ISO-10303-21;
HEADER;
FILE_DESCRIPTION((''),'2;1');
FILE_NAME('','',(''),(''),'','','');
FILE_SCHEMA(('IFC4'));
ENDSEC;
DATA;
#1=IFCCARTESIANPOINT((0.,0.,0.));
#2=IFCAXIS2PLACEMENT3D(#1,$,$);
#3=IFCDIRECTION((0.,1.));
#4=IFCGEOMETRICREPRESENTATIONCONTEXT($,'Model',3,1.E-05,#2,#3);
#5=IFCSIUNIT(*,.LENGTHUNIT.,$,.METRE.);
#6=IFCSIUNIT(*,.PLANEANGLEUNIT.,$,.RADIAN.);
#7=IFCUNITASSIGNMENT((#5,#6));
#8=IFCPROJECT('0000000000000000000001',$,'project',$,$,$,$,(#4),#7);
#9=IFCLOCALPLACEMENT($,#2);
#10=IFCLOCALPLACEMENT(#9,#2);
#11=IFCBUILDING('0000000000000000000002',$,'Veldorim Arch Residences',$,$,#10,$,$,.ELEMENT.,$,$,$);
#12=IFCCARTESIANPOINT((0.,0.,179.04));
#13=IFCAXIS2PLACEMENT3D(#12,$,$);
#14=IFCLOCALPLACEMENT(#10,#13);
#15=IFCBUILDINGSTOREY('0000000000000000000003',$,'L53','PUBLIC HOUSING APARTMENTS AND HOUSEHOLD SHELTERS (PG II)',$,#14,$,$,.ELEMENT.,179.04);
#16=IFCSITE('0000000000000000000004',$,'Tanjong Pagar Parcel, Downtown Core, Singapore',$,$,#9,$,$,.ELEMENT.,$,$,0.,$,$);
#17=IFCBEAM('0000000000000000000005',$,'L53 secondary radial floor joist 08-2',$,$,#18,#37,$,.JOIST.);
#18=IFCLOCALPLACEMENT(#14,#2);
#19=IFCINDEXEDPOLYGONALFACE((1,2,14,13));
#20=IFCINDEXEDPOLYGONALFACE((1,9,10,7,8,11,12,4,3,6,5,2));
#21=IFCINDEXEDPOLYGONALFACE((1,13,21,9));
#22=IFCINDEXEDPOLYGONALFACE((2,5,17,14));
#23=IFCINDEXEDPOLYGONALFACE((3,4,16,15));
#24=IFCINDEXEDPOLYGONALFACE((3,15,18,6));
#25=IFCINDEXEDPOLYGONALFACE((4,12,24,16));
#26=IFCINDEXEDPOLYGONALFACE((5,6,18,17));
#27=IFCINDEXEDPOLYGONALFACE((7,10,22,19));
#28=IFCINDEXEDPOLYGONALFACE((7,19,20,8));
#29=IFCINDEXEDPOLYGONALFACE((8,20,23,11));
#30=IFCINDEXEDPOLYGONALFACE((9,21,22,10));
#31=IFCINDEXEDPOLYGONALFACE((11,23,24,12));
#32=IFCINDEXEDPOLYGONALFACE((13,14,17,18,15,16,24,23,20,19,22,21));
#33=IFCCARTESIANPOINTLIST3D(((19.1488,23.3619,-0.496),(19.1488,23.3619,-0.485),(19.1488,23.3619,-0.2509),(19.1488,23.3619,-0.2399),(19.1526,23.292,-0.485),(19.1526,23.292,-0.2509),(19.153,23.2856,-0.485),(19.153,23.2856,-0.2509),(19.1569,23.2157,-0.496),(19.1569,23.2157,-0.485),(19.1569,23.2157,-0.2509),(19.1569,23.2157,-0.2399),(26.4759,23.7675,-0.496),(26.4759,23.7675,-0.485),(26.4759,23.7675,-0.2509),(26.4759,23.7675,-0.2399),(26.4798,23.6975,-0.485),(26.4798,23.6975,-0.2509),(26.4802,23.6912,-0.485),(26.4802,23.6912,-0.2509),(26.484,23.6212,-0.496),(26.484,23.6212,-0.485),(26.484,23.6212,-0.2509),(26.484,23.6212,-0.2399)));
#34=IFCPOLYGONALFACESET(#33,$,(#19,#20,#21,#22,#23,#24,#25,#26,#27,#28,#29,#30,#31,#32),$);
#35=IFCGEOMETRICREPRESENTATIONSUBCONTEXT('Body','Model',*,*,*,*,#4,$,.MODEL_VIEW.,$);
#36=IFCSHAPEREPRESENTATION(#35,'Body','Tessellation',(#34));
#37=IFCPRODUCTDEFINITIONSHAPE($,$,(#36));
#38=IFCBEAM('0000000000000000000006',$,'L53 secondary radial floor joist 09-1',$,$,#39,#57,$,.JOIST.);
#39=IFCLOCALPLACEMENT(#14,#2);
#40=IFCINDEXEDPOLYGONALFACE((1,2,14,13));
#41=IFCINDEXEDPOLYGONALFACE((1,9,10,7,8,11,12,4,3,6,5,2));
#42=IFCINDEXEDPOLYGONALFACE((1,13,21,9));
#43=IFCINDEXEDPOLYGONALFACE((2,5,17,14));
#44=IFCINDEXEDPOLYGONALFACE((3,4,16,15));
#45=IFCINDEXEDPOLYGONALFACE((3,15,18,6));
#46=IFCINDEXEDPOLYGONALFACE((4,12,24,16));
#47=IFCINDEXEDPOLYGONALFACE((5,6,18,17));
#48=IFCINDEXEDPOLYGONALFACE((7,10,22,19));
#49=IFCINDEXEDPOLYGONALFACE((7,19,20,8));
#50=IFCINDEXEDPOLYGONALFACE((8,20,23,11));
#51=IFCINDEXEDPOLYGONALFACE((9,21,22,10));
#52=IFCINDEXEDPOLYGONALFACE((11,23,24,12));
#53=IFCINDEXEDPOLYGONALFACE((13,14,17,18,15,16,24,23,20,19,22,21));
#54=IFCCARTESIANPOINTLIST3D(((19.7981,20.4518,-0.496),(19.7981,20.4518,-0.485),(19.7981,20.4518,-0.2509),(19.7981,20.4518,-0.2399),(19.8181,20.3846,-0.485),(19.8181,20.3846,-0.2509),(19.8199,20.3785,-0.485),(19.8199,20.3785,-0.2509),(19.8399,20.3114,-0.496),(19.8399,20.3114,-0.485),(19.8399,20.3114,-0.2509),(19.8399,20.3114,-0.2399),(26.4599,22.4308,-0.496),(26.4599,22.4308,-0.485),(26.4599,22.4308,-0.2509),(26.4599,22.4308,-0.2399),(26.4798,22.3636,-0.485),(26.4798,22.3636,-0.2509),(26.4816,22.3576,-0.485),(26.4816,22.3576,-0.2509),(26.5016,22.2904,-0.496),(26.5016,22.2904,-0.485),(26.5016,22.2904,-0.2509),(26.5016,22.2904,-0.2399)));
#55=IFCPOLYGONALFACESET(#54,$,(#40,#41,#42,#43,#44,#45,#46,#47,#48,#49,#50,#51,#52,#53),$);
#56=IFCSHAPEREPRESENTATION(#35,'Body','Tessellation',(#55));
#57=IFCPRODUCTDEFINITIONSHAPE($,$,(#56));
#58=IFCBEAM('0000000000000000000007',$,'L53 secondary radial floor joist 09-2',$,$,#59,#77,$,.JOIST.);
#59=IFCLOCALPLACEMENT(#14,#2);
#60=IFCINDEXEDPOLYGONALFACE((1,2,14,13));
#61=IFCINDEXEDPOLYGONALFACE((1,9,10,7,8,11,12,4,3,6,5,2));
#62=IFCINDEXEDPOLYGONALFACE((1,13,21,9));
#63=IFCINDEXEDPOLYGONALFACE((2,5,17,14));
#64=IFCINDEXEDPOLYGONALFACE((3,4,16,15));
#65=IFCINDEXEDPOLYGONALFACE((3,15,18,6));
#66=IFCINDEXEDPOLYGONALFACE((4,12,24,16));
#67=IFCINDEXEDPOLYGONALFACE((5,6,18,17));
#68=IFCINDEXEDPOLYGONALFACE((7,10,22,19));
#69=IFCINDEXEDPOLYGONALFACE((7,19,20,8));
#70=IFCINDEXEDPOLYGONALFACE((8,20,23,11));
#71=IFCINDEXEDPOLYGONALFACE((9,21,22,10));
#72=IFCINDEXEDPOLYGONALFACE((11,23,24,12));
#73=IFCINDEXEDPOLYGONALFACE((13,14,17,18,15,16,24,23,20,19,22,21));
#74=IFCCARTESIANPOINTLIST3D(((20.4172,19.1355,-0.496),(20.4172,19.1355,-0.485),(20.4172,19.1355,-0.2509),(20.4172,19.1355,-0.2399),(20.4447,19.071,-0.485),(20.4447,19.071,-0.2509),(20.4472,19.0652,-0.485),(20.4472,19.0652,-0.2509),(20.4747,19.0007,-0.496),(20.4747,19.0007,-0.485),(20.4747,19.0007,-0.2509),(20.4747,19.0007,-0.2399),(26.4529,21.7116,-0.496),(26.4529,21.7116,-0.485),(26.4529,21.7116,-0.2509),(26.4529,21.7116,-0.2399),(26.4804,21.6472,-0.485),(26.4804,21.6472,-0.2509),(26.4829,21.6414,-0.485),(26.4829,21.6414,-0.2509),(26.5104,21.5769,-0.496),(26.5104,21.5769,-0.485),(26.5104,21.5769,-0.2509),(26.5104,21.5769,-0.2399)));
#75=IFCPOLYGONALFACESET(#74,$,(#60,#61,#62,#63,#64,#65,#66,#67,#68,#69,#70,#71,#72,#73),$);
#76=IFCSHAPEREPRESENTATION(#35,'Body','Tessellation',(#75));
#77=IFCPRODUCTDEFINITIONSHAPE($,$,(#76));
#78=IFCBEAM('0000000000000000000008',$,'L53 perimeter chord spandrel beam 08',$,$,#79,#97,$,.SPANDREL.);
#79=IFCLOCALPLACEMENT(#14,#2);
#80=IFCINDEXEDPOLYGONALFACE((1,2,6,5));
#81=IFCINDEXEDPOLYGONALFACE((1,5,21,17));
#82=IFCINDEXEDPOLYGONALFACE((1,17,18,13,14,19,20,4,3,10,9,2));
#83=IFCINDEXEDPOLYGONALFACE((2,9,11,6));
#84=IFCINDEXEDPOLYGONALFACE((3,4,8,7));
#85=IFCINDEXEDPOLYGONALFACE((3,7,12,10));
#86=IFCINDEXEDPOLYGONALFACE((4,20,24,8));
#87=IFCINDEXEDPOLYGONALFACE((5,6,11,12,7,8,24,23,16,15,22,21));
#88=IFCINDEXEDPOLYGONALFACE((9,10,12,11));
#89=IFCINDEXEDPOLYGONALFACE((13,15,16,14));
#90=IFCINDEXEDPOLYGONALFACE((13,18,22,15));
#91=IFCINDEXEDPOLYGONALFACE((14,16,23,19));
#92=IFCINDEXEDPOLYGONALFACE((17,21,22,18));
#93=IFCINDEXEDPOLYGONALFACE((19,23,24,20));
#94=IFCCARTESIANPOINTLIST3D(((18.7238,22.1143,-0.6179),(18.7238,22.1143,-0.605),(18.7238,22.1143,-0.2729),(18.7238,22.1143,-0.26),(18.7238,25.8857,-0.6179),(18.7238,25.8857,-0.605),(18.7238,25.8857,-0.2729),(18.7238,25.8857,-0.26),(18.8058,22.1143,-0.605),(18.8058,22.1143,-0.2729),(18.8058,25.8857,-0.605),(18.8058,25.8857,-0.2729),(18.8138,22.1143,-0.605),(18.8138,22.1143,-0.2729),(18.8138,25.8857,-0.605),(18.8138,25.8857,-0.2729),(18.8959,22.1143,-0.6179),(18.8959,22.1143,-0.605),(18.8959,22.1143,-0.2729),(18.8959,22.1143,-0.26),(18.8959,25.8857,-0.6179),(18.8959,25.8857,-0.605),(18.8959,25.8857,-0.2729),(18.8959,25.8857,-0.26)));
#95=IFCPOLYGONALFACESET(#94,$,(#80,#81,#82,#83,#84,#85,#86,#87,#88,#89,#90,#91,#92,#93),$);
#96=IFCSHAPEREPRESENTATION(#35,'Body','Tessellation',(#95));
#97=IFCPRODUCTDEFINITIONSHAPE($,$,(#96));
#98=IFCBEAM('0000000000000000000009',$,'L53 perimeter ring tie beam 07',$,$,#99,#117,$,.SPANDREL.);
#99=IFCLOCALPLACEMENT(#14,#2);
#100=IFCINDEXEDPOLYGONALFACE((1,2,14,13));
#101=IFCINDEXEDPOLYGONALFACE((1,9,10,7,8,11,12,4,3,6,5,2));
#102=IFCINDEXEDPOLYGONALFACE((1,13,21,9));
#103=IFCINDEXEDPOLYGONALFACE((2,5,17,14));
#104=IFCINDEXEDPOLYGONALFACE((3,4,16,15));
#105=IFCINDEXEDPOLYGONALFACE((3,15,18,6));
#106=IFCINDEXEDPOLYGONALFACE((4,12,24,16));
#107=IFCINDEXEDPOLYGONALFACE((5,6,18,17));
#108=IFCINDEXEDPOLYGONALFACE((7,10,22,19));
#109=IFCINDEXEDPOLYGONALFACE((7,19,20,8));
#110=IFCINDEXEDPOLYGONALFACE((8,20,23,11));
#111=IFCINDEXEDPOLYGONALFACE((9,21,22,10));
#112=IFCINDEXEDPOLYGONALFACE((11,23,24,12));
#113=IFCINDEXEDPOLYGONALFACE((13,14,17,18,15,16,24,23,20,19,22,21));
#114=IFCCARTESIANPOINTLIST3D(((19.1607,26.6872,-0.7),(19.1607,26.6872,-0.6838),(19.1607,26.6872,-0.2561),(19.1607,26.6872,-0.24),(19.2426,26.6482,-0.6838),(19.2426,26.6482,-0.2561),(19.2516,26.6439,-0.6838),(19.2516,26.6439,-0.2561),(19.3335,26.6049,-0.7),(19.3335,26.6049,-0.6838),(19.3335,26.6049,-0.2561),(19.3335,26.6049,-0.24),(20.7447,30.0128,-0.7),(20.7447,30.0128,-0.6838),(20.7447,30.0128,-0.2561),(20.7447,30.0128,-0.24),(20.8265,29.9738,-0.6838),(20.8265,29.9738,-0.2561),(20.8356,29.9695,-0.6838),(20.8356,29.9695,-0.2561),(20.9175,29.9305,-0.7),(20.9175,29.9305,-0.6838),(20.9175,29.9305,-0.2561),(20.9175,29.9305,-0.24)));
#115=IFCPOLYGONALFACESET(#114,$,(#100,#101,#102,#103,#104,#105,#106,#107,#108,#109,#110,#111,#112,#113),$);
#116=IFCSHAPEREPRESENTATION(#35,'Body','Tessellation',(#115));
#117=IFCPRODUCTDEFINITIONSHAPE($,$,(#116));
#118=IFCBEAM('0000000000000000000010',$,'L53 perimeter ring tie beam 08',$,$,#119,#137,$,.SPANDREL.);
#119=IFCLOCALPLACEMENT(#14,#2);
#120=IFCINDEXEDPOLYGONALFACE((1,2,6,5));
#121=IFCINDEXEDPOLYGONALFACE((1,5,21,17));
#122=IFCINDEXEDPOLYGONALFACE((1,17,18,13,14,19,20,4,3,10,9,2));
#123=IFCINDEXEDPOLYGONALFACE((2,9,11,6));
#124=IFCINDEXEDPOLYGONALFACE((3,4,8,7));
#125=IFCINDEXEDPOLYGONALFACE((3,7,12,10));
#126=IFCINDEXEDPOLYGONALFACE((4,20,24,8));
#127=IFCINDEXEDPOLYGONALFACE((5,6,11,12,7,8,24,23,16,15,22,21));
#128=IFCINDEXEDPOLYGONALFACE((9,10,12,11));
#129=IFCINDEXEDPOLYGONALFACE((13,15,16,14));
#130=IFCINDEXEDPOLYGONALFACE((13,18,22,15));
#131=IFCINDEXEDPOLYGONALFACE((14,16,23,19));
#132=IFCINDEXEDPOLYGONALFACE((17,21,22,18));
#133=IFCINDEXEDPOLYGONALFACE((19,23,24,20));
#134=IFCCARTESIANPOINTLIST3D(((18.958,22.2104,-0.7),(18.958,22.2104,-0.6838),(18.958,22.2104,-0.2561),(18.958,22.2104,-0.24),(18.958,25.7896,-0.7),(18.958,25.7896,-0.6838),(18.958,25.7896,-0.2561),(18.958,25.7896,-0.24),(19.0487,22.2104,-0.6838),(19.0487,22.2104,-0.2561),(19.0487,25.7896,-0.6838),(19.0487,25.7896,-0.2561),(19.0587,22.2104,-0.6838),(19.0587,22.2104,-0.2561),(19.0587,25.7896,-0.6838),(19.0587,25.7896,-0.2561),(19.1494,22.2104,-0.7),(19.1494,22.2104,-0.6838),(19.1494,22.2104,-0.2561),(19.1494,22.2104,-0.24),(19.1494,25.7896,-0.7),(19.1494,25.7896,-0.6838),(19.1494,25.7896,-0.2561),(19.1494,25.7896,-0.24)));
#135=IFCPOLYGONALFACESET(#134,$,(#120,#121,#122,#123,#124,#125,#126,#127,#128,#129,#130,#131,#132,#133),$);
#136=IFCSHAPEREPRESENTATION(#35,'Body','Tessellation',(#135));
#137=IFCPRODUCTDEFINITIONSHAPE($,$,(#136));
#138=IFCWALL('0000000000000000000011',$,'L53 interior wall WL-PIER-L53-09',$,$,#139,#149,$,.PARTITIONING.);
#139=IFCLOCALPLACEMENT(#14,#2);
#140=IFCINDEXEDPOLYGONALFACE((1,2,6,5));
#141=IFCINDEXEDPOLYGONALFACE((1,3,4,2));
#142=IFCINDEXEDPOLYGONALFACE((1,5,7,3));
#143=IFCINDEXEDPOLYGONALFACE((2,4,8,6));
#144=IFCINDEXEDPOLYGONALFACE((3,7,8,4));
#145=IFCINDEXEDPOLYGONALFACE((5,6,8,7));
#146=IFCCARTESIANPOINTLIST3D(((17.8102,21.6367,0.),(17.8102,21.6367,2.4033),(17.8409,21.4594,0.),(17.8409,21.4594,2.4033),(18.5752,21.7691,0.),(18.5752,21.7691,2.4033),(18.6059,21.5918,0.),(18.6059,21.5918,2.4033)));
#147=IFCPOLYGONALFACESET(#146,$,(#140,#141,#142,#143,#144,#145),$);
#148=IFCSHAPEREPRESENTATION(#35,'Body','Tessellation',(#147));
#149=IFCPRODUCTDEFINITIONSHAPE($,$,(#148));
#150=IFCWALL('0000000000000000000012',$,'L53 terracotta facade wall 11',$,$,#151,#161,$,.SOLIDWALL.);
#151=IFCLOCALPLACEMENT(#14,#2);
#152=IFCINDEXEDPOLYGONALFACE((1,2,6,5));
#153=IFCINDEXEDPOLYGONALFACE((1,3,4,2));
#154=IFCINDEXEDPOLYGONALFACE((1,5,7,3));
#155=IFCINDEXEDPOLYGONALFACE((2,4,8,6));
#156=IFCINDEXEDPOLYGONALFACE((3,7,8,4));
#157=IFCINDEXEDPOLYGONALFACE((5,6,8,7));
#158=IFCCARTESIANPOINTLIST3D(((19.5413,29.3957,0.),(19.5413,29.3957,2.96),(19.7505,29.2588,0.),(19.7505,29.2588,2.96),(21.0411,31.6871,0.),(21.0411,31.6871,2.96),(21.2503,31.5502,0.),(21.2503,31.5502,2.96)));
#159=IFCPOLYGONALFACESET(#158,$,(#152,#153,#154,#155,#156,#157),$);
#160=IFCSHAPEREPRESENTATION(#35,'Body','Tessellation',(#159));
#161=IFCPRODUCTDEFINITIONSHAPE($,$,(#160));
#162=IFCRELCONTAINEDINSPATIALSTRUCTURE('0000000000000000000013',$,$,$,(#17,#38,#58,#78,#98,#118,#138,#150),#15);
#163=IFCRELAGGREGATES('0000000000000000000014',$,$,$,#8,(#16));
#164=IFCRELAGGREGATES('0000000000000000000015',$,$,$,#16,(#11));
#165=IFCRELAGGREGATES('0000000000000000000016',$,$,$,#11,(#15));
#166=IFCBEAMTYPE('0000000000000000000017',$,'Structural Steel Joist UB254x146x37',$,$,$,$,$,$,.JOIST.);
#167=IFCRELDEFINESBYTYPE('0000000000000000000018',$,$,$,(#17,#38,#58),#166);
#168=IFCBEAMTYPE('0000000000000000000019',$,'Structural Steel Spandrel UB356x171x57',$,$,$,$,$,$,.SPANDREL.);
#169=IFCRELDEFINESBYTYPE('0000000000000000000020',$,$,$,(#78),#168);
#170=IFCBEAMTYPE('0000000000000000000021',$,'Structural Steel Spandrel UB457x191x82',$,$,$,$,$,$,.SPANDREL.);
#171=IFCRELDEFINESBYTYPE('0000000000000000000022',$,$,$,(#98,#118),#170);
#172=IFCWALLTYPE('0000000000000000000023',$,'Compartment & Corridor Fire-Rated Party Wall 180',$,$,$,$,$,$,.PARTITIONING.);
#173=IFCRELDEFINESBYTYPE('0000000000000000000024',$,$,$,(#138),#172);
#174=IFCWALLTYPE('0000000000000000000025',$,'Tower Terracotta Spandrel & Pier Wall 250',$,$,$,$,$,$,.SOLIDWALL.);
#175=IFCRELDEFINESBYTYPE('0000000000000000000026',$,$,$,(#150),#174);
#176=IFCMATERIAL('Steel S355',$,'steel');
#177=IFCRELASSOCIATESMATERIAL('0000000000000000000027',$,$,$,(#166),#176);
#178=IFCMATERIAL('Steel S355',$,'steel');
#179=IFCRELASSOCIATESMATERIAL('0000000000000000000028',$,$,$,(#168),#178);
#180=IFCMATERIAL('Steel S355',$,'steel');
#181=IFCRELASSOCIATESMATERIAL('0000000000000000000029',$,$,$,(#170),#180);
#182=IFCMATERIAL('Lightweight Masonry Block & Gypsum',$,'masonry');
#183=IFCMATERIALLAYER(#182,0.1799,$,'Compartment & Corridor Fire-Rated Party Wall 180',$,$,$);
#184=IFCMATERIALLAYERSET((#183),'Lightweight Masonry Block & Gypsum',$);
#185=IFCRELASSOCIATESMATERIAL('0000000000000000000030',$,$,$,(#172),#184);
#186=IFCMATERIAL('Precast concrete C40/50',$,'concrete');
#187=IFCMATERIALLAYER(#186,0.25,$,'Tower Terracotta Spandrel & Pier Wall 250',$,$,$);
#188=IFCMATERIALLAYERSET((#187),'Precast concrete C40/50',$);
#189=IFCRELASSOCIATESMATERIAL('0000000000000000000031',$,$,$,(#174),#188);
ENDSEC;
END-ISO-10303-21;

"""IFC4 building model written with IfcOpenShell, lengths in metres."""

from ifc_helpers import new_model, si_unit, direction, frame, frame_2d, origin, origin_2d, place, context, subcontext, project, spatial, rectangle, i_section, extrude, material, layer, layer_set, material_profile, profile_set, type_object, element, save


model = new_model("IFC4")

# Units and contexts
model_context = context("Model", 3, precision=1e-05, world=origin(), true_north=direction((0.0, 1.0)))
body_context = subcontext(model_context, "Body", "Model", "MODEL_VIEW")
ifc_project = project(units=[si_unit("LENGTHUNIT", "METRE"), si_unit("PLANEANGLEUNIT", "RADIAN")], contexts=[model_context])

# Site, building, storey
site_placement = place(None, origin())
site = spatial("IfcSite", under=ifc_project, at=site_placement, Name="Tanjong Pagar Parcel, Downtown Core, Singapore", CompositionType="ELEMENT", RefElevation=0.0)
building_placement = place(site_placement, origin())
building = spatial("IfcBuilding", under=site, at=building_placement, Name="Veldorim Arch Residences", CompositionType="ELEMENT")
storey_placement = place(building_placement, frame((0.0, 0.0, 179.04)))
storey = spatial("IfcBuildingStorey", under=building, at=storey_placement, Name="L53", Description="PUBLIC HOUSING APARTMENTS AND HOUSEHOLD SHELTERS (PG II)", CompositionType="ELEMENT", Elevation=179.04)

# Beams
ifc_material_1 = material(Name="Steel S355", Category="steel")
ifc_material_profile_1 = material_profile(ifc_material_1, i_section(OverallWidth=0.1465, OverallDepth=0.2561, WebThickness=0.0063, FlangeThickness=0.011, at=origin_2d()), Name="UB254x146x37")
ifc_profile_set_1 = profile_set([ifc_material_profile_1], Name="Steel S355")
beam_type_1 = type_object("IfcBeamType", Name="Structural Steel Joist UB254x146x37", PredefinedType="JOIST", material=ifc_profile_set_1)
for number, where, z_axis, x_axis, name in (
    (1, (26.48, 23.6943, -0.3679), (-0.998472, -0.05526, 0.0), (0.05526, -0.998472, 0.0), "L53 secondary radial floor joist 08-2"),
):
    element("IfcBeam", number, at=place(storey_placement, frame(where, z_axis=z_axis, x_axis=x_axis)), inside=storey, type_object=beam_type_1, Name=name, PredefinedType="JOIST", context=body_context, shape_type="SweptSolid", body=[
        extrude(i_section(OverallWidth=0.1465, OverallDepth=0.2561, WebThickness=0.0063, FlangeThickness=0.011, at=origin_2d()), origin(), (0.0, 0.0, 1.0), 7.3384),
    ])
beam_1_placement = place(storey_placement, frame((26.4807, 22.3606, -0.3679), z_axis=(-0.958594, -0.284775, 0.0), x_axis=(0.284775, -0.958594, 0.0)))
element("IfcBeam", 2, at=beam_1_placement, inside=storey, type_object=beam_type_1, Name="L53 secondary radial floor joist 09-1", PredefinedType="JOIST", context=body_context, shape_type="SweptSolid", body=[
    extrude(i_section(OverallWidth=0.1465, OverallDepth=0.2561, WebThickness=0.0063, FlangeThickness=0.011, at=origin_2d()), origin(), (0.0, 0.0, 1.0), 6.9495),
])
beam_2_placement = place(storey_placement, frame((26.4817, 21.6443, -0.3679), z_axis=(-0.919725, -0.392563, 0.0), x_axis=(0.392563, -0.919725, 0.0)))
element("IfcBeam", 3, at=beam_2_placement, inside=storey, type_object=beam_type_1, Name="L53 secondary radial floor joist 09-2", PredefinedType="JOIST", context=body_context, shape_type="SweptSolid", body=[
    extrude(i_section(OverallWidth=0.1465, OverallDepth=0.2561, WebThickness=0.0063, FlangeThickness=0.011, at=origin_2d()), origin(), (0.0, 0.0, 1.0), 6.5625),
])
ifc_material_2 = material(Name="Steel S355", Category="steel")
ifc_material_profile_2 = material_profile(ifc_material_2, i_section(OverallWidth=0.1721, OverallDepth=0.3579, WebThickness=0.0081, FlangeThickness=0.0129, at=origin_2d()), Name="UB356x171x57")
ifc_profile_set_2 = profile_set([ifc_material_profile_2], Name="Steel S355")
beam_type_2 = type_object("IfcBeamType", Name="Structural Steel Spandrel UB356x171x57", PredefinedType="SPANDREL", material=ifc_profile_set_2)
beam_3_placement = place(storey_placement, frame((18.8098, 25.8857, -0.439), z_axis=(0.0, -1.0, 0.0), x_axis=(1.0, 0.0, 0.0)))
element("IfcBeam", 4, at=beam_3_placement, inside=storey, type_object=beam_type_2, Name="L53 perimeter chord spandrel beam 08", PredefinedType="SPANDREL", context=body_context, shape_type="SweptSolid", body=[
    extrude(i_section(OverallWidth=0.1721, OverallDepth=0.3579, WebThickness=0.0081, FlangeThickness=0.0129, at=origin_2d()), origin(), (0.0, 0.0, 1.0), 3.7715),
])
ifc_material_3 = material(Name="Steel S355", Category="steel")
ifc_material_profile_3 = material_profile(ifc_material_3, i_section(OverallWidth=0.1914, OverallDepth=0.46, WebThickness=0.01, FlangeThickness=0.0161, at=origin_2d()), Name="UB457x191x82")
ifc_profile_set_3 = profile_set([ifc_material_profile_3], Name="Steel S355")
beam_type_3 = type_object("IfcBeamType", Name="Structural Steel Spandrel UB457x191x82", PredefinedType="SPANDREL", material=ifc_profile_set_3)
beam_4_placement = place(storey_placement, frame((20.8311, 29.9717, -0.47), z_axis=(-0.430006, -0.902826, 0.0), x_axis=(0.902826, -0.430006, 0.0)))
element("IfcBeam", 5, at=beam_4_placement, inside=storey, type_object=beam_type_3, Name="L53 perimeter ring tie beam 07", PredefinedType="SPANDREL", context=body_context, shape_type="SweptSolid", body=[
    extrude(i_section(OverallWidth=0.1914, OverallDepth=0.46, WebThickness=0.01, FlangeThickness=0.0161, at=origin_2d()), origin(), (0.0, 0.0, 1.0), 3.6836),
])
beam_5_placement = place(storey_placement, frame((19.0537, 25.7896, -0.47), z_axis=(0.0, -1.0, 0.0), x_axis=(1.0, 0.0, 0.0)))
element("IfcBeam", 6, at=beam_5_placement, inside=storey, type_object=beam_type_3, Name="L53 perimeter ring tie beam 08", PredefinedType="SPANDREL", context=body_context, shape_type="SweptSolid", body=[
    extrude(i_section(OverallWidth=0.1914, OverallDepth=0.46, WebThickness=0.01, FlangeThickness=0.0161, at=origin_2d()), origin(), (0.0, 0.0, 1.0), 3.5791),
])

# Walls
ifc_material_4 = material(Name="Lightweight Masonry Block & Gypsum", Category="masonry")
ifc_layer_1 = layer(ifc_material_4, 0.1799, Name="Compartment & Corridor Fire-Rated Party Wall 180")
ifc_layer_set_1 = layer_set([ifc_layer_1], Name="Lightweight Masonry Block & Gypsum")
wall_type_1 = type_object("IfcWallType", Name="Compartment & Corridor Fire-Rated Party Wall 180", PredefinedType="PARTITIONING", material=ifc_layer_set_1)
wall_1_placement = place(storey_placement, frame((18.5906, 21.6804, 0.0), z_axis=(0.0, 0.0, 1.0), x_axis=(-0.985364, -0.170465, 0.0)))
element("IfcWall", 7, at=wall_1_placement, inside=storey, type_object=wall_type_1, Name="L53 interior wall WL-PIER-L53-09", PredefinedType="PARTITIONING", context=body_context, shape_type="SweptSolid", body=[
    extrude(rectangle(XDim=0.7764, YDim=0.1799, at=frame_2d((0.3882, 0.0))), origin(), (0.0, 0.0, 1.0), 2.4033),
])
ifc_material_5 = material(Name="Precast concrete C40/50", Category="concrete")
ifc_layer_2 = layer(ifc_material_5, 0.25, Name="Tower Terracotta Spandrel & Pier Wall 250")
ifc_layer_set_2 = layer_set([ifc_layer_2], Name="Precast concrete C40/50")
wall_type_2 = type_object("IfcWallType", Name="Tower Terracotta Spandrel & Pier Wall 250", PredefinedType="SOLIDWALL", material=ifc_layer_set_2)
wall_2_placement = place(storey_placement, frame((19.646, 29.3274, 0.0), z_axis=(0.0, 0.0, 1.0), x_axis=(0.547665, 0.836698, 0.0)))
element("IfcWall", 8, at=wall_2_placement, inside=storey, type_object=wall_type_2, Name="L53 terracotta facade wall 11", PredefinedType="SOLIDWALL", context=body_context, shape_type="SweptSolid", body=[
    extrude(rectangle(XDim=2.7385, YDim=0.25, at=frame_2d((1.3691, 0.0))), origin(), (0.0, 0.0, 1.0), 2.96),
])

save(model, "model.ifc")
